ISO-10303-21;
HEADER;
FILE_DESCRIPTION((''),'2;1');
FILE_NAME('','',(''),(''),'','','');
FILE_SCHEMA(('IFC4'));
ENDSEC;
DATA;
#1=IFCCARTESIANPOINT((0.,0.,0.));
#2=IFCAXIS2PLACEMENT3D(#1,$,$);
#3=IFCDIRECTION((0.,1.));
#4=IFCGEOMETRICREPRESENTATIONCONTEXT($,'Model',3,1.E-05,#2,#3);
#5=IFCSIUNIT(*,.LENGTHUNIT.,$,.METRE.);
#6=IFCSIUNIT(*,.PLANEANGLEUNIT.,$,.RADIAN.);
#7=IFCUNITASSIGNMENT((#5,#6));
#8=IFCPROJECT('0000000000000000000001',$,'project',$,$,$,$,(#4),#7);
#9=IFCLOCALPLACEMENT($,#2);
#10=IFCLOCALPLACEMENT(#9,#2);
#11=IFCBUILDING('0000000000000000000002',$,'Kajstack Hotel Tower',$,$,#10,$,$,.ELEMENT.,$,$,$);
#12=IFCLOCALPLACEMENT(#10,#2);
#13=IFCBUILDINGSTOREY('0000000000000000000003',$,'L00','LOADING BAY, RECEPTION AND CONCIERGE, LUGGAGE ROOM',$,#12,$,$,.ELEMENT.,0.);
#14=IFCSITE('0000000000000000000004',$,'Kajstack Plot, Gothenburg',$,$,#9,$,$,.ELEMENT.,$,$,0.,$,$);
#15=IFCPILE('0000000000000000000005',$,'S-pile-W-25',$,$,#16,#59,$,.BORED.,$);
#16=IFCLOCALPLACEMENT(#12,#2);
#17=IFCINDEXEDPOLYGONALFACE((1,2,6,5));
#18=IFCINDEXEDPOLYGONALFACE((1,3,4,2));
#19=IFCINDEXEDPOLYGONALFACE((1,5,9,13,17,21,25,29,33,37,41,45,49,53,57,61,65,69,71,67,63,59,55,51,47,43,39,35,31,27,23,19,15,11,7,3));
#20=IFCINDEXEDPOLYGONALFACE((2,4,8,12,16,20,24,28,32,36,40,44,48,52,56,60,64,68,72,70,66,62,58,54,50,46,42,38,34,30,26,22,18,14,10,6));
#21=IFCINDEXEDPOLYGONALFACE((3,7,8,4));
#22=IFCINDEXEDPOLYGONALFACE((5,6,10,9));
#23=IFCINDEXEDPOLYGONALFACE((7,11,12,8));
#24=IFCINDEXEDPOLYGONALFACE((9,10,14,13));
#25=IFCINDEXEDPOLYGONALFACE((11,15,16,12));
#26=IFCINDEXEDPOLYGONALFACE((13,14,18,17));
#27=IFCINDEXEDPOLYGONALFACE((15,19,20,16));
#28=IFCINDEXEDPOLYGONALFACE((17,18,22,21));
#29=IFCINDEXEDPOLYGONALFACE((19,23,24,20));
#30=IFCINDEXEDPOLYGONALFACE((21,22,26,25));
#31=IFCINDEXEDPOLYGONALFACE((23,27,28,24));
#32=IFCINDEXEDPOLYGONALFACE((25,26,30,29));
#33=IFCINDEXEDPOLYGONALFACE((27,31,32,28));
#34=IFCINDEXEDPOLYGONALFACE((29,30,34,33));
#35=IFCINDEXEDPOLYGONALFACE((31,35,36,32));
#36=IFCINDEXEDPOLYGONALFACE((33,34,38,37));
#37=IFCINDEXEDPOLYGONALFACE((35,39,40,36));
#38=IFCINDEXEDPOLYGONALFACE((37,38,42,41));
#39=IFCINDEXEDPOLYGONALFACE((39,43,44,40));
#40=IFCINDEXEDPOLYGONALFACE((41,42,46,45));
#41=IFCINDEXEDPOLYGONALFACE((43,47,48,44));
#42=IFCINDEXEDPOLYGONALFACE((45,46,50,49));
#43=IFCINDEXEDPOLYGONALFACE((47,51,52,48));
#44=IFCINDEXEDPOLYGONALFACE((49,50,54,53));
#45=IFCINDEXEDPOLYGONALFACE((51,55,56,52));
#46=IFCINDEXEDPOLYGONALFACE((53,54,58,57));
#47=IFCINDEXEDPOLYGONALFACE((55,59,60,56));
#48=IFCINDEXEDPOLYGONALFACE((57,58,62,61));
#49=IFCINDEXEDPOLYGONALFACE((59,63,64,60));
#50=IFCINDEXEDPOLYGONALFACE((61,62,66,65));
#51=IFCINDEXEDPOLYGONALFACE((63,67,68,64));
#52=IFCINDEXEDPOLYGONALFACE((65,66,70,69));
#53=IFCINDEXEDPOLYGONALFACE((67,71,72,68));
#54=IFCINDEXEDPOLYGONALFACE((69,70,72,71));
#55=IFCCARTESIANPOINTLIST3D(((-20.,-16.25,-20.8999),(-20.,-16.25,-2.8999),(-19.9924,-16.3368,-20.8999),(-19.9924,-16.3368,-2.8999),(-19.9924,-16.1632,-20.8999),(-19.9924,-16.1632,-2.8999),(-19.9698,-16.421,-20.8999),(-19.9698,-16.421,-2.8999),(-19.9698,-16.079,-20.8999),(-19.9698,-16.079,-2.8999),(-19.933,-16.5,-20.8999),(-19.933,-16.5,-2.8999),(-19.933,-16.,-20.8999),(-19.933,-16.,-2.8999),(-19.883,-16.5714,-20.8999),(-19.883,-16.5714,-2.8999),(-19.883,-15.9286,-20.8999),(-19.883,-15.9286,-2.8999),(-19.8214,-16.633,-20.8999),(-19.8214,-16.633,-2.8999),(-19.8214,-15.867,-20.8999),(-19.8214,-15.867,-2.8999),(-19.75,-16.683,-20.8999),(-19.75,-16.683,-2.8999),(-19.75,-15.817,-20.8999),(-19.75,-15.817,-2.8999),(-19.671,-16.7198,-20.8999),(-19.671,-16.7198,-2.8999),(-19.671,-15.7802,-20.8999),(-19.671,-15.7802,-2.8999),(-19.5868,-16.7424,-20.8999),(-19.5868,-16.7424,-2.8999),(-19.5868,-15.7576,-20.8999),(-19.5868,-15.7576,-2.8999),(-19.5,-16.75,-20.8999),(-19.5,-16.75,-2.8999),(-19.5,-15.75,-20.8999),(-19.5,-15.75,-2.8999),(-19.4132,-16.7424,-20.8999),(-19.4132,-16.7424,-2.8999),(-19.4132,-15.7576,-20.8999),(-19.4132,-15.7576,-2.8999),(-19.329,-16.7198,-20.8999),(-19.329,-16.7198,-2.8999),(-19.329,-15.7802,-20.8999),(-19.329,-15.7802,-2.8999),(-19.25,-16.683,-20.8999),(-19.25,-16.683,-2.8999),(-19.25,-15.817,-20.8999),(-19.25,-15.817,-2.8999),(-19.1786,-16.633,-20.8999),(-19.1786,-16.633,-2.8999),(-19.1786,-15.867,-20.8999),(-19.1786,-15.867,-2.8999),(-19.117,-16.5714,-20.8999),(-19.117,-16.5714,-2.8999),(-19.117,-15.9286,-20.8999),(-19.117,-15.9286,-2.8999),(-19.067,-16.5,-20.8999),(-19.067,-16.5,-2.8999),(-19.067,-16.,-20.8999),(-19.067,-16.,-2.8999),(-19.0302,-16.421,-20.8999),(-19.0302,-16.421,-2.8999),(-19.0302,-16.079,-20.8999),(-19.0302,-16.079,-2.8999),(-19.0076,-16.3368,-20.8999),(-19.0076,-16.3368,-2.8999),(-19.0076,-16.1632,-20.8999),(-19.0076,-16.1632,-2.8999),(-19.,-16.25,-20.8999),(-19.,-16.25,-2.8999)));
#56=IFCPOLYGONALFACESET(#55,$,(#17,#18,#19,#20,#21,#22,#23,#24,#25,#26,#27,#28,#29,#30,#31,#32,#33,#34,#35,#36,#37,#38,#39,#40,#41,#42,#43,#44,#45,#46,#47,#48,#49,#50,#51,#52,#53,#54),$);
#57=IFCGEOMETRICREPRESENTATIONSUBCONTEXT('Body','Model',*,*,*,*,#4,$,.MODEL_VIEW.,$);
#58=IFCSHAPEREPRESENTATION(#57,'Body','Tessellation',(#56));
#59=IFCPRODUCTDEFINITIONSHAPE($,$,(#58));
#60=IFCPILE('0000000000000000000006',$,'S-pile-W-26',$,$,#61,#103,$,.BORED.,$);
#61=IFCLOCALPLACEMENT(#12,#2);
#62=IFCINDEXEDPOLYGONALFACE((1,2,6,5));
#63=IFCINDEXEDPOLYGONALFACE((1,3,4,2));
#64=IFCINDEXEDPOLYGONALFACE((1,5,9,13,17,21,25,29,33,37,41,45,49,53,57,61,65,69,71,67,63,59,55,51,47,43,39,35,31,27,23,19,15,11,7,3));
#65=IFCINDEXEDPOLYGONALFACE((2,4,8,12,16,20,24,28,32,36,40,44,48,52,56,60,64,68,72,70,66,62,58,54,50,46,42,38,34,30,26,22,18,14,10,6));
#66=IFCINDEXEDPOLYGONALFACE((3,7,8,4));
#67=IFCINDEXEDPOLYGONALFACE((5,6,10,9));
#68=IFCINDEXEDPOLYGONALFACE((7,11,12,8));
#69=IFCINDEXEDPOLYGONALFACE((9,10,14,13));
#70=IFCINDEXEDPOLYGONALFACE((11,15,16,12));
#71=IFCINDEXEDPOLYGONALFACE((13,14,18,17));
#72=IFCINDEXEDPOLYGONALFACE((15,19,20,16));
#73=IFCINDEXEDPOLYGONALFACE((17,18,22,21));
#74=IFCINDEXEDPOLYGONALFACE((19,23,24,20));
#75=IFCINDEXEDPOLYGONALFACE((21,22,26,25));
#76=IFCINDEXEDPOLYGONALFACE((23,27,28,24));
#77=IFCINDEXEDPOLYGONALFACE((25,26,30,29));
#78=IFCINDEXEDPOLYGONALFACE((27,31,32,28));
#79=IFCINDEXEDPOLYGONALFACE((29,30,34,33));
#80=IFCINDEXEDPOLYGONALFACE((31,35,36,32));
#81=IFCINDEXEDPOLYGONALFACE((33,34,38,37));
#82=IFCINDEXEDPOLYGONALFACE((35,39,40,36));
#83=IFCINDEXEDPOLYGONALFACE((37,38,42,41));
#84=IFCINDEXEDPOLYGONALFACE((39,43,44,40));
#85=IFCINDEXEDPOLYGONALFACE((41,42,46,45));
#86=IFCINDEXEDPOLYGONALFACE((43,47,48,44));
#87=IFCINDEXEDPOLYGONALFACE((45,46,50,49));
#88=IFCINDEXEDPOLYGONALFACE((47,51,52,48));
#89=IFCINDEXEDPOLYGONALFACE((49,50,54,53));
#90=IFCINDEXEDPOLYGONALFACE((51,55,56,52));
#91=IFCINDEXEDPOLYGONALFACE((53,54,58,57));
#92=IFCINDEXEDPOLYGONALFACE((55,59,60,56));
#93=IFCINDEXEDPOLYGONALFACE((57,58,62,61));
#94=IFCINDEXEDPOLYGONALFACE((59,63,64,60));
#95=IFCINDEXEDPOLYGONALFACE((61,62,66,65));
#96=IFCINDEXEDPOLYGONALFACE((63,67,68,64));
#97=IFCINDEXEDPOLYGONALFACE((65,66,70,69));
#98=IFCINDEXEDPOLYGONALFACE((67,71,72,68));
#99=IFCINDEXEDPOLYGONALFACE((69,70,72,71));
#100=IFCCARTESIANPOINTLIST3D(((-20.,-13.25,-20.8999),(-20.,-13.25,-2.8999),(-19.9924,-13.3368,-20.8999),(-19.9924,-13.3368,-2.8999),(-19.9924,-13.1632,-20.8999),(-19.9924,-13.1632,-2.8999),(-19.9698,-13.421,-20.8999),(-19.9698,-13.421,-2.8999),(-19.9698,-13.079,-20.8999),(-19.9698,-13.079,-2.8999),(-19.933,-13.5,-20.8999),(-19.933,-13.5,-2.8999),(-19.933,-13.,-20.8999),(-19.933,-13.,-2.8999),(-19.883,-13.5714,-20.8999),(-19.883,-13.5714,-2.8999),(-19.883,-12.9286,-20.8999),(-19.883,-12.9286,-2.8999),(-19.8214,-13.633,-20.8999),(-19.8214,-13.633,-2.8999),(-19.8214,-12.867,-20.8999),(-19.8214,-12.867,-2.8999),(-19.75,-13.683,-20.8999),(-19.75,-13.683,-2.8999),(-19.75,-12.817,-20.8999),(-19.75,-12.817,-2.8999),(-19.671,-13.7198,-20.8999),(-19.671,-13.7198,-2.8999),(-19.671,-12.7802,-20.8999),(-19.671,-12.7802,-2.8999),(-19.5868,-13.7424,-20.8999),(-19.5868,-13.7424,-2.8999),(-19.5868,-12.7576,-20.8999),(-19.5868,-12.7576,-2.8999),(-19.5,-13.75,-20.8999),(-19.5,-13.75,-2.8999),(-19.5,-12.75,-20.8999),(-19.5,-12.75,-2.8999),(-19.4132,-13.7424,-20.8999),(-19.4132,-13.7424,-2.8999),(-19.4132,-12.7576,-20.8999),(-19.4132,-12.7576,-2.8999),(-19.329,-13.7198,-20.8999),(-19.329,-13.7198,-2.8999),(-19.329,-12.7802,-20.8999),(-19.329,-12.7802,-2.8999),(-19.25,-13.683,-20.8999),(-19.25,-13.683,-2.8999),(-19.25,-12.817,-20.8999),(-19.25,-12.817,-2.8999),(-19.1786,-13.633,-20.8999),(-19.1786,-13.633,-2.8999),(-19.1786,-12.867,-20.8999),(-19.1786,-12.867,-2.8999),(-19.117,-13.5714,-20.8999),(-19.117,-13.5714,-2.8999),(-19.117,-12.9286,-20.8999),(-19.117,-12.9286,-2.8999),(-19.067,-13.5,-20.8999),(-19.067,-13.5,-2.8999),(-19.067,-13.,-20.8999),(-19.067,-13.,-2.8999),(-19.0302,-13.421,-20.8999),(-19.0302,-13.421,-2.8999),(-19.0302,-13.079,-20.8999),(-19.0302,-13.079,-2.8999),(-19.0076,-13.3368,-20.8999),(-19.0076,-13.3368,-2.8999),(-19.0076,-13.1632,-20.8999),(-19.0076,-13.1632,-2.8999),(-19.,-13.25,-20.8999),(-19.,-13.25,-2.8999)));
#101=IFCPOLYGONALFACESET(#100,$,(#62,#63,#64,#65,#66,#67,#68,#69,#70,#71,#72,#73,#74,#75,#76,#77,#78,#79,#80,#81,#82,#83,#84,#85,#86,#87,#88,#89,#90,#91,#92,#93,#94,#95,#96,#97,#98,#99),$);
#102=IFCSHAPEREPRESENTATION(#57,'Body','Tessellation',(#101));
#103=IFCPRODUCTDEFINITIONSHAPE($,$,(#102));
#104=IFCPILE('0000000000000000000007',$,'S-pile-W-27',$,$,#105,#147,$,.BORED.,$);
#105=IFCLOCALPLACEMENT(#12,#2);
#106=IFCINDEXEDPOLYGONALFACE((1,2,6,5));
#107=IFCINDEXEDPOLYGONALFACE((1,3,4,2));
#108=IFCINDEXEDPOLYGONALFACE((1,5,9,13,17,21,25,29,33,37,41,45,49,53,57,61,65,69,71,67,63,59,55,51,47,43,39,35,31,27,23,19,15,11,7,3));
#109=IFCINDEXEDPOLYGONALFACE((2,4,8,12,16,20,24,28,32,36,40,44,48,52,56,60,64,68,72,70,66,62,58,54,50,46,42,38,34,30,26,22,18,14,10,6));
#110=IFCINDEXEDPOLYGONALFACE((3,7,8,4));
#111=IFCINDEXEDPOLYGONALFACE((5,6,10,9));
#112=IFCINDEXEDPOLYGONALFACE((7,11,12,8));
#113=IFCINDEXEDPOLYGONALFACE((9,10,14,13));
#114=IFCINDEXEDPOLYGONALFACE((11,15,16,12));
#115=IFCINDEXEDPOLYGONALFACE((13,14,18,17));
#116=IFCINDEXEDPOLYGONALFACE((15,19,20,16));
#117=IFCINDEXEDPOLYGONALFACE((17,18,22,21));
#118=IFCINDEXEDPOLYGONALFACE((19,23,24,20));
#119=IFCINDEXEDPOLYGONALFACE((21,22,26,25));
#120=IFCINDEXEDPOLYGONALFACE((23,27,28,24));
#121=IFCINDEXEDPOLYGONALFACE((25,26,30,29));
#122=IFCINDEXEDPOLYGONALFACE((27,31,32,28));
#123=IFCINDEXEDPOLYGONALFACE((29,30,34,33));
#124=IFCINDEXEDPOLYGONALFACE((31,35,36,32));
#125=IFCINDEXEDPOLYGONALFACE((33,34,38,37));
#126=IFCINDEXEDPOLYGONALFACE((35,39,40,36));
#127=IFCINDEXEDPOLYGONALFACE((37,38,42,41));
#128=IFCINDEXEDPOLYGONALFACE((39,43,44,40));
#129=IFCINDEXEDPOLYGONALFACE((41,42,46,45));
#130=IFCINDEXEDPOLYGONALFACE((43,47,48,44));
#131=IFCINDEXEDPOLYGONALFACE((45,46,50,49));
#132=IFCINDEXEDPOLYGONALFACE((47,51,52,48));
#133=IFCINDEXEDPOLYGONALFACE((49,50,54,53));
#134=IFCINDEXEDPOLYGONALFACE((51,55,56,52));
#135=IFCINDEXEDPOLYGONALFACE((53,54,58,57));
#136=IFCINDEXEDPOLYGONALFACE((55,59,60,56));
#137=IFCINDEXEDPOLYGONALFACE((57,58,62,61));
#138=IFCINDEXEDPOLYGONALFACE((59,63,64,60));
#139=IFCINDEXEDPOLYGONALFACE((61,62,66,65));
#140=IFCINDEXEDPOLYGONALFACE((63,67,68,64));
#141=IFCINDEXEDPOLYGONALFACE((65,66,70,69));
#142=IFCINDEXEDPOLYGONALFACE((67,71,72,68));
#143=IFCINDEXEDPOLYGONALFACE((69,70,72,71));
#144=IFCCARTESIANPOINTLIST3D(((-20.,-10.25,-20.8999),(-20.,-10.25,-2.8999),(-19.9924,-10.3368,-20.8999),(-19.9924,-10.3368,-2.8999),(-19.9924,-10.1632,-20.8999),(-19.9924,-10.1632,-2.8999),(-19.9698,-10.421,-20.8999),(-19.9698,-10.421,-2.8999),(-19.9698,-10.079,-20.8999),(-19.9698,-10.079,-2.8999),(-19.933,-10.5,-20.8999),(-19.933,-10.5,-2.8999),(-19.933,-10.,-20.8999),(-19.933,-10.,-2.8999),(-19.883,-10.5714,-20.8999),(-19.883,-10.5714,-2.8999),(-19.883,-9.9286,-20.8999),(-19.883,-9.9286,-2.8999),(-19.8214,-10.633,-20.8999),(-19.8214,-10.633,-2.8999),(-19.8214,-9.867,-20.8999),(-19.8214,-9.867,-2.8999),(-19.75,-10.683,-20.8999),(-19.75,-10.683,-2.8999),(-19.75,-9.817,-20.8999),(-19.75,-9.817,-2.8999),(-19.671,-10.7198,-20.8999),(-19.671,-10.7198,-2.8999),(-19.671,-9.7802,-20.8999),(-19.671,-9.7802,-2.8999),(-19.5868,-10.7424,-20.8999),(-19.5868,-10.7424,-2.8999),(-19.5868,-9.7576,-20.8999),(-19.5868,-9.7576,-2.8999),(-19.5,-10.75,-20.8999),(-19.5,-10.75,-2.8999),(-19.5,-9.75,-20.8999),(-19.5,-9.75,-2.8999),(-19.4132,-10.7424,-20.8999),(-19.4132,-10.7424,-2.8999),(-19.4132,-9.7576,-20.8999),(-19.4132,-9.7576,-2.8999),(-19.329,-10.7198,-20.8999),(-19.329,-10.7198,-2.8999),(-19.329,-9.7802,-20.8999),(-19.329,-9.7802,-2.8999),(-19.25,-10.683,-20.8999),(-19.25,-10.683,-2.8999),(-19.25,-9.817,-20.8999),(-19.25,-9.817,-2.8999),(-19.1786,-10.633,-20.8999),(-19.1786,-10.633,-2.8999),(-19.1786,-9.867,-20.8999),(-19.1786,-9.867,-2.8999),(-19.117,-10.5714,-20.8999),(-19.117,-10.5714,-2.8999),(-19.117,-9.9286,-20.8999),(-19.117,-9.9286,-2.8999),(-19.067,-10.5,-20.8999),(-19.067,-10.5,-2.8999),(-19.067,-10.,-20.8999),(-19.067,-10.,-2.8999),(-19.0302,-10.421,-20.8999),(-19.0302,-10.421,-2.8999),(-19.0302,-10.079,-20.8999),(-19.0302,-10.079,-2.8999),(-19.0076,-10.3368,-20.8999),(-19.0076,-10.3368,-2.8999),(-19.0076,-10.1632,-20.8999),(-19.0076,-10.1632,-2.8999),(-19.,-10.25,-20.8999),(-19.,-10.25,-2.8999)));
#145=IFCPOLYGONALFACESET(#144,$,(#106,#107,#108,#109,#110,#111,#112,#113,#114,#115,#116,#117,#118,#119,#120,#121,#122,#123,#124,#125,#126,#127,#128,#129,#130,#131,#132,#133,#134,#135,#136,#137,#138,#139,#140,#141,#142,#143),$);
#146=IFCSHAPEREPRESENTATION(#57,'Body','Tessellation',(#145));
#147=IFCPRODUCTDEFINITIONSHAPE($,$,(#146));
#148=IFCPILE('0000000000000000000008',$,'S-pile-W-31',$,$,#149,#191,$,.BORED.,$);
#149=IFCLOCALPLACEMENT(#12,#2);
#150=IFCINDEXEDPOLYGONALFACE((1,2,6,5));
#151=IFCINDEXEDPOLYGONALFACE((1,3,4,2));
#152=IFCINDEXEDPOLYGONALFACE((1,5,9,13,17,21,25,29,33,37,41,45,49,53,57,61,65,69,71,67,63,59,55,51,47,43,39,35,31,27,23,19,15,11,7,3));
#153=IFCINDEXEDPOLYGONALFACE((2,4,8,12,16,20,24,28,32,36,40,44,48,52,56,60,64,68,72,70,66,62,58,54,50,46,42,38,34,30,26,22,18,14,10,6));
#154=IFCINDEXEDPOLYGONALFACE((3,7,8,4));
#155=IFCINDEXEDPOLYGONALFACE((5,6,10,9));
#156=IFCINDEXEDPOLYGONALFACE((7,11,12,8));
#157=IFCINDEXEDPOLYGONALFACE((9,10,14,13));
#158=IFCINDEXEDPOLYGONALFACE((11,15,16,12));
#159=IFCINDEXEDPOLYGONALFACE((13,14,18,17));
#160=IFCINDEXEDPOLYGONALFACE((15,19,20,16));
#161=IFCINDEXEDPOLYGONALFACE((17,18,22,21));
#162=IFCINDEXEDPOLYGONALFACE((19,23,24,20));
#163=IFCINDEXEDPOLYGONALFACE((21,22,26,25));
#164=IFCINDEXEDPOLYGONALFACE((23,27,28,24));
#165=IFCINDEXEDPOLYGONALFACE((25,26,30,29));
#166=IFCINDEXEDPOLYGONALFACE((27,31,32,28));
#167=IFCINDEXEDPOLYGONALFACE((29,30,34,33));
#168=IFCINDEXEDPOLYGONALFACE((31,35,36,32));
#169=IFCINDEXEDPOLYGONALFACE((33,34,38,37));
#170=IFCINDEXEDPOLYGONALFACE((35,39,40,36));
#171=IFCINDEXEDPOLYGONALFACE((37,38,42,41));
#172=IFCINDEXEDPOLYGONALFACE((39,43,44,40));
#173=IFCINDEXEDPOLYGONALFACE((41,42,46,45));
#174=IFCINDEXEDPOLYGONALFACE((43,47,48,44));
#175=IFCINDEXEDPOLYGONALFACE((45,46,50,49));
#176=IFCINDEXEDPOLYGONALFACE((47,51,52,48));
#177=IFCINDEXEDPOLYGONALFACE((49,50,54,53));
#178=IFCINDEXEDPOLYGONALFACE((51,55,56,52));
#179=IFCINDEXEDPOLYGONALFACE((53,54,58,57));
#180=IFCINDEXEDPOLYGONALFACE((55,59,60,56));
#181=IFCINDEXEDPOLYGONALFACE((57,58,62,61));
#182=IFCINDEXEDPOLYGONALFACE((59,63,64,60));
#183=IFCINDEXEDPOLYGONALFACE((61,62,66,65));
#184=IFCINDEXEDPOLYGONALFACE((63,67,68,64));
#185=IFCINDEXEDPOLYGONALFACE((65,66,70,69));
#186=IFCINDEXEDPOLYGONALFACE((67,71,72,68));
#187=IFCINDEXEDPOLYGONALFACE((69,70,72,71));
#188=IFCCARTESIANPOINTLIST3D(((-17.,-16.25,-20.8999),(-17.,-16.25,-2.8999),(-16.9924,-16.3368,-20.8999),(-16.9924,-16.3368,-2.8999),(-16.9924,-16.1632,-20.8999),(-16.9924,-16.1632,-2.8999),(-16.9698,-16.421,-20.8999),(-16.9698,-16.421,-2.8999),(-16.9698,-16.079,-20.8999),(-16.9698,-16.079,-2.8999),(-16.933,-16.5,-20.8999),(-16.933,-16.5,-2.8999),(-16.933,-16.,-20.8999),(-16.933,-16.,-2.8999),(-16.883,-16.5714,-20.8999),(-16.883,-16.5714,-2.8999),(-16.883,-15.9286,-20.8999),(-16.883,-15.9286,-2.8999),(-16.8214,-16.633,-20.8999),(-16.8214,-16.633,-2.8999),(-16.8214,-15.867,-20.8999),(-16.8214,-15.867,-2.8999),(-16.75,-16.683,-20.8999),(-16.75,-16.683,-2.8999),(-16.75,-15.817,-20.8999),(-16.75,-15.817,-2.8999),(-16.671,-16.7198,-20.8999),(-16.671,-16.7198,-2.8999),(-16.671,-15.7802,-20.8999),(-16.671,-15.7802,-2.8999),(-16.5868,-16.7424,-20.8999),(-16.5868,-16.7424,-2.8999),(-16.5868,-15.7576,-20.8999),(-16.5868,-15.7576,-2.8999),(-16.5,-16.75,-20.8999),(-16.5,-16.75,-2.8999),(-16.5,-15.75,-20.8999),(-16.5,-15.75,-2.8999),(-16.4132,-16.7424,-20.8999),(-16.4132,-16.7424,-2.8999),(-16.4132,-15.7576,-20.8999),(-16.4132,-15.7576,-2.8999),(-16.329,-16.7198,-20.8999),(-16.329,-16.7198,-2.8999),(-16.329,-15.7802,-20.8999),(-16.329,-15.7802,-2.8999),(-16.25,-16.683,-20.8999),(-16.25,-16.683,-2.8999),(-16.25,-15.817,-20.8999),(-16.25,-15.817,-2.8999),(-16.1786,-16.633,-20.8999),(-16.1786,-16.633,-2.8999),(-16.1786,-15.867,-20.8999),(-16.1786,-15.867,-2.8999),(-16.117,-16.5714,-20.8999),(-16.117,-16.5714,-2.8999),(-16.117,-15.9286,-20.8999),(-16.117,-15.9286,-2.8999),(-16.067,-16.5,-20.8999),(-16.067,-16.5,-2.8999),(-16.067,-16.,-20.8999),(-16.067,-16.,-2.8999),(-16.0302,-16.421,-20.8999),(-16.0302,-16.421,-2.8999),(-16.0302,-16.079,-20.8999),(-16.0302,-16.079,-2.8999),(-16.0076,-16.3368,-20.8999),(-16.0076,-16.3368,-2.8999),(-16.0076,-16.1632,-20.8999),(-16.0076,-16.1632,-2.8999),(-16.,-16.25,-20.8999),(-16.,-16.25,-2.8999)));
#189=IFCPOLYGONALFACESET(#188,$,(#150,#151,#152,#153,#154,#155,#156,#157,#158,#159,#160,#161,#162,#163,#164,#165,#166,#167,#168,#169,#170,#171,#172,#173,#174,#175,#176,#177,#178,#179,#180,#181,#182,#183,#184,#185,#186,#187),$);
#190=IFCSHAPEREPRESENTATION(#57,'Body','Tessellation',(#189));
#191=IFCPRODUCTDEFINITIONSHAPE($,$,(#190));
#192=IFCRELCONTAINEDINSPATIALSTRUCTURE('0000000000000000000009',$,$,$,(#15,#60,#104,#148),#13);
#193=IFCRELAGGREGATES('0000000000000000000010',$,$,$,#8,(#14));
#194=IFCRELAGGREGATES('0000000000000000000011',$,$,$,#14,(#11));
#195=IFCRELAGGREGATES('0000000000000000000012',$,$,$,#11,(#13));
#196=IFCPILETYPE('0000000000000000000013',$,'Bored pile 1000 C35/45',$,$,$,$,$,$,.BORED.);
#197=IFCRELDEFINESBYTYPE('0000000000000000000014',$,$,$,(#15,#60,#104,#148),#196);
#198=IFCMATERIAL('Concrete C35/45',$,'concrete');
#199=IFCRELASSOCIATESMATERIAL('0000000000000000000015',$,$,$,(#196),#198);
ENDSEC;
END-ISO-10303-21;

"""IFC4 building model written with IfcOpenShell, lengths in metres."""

from ifc_helpers import new_model, si_unit, direction, frame, origin, origin_2d, place, context, subcontext, project, spatial, circle, extrude, material, material_profile, profile_set, type_object, element, save


model = new_model("IFC4")

# Units and contexts
model_context = context("Model", 3, precision=1e-05, world=origin(), true_north=direction((0.0, 1.0)))
body_context = subcontext(model_context, "Body", "Model", "MODEL_VIEW")
ifc_project = project(units=[si_unit("LENGTHUNIT", "METRE"), si_unit("PLANEANGLEUNIT", "RADIAN")], contexts=[model_context])

# Site, building, storey
site_placement = place(None, origin())
site = spatial("IfcSite", under=ifc_project, at=site_placement, Name="Kajstack Plot, Gothenburg", CompositionType="ELEMENT", RefElevation=0.0)
building_placement = place(site_placement, origin())
building = spatial("IfcBuilding", under=site, at=building_placement, Name="Kajstack Hotel Tower", CompositionType="ELEMENT")
storey_placement = place(building_placement, origin())
storey = spatial("IfcBuildingStorey", under=building, at=storey_placement, Name="L00", Description="LOADING BAY, RECEPTION AND CONCIERGE, LUGGAGE ROOM", CompositionType="ELEMENT", Elevation=0.0)

# Piles
ifc_material_1 = material(Name="Concrete C35/45", Category="concrete")
ifc_material_profile = material_profile(ifc_material_1, circle(Radius=0.5, at=origin_2d()), Name="RC round 1000")
ifc_profile_set = profile_set([ifc_material_profile], Name="Concrete C35/45")
pile_type = type_object("IfcPileType", Name="Bored pile 1000 C35/45", PredefinedType="BORED", material=ifc_profile_set)
for number, where, z_axis, x_axis, name in (
    (1, (-19.5, -16.25, -2.8999), (0.0, 0.0, -1.0), (1.0, 0.0, 0.0), "S-pile-W-25"),
    (2, (-19.5, -13.25, -2.8999), (0.0, 0.0, -1.0), (1.0, 0.0, 0.0), "S-pile-W-26"),
    (3, (-19.5, -10.25, -2.8999), (0.0, 0.0, -1.0), (1.0, 0.0, 0.0), "S-pile-W-27"),
    (4, (-16.5, -16.25, -2.8999), (0.0, 0.0, -1.0), (1.0, 0.0, 0.0), "S-pile-W-31"),
):
    element("IfcPile", number, at=place(storey_placement, frame(where, z_axis=z_axis, x_axis=x_axis)), inside=storey, type_object=pile_type, Name=name, PredefinedType="BORED", context=body_context, shape_type="SweptSolid", body=[
        extrude(circle(Radius=0.5, at=origin_2d()), origin(), (0.0, 0.0, 1.0), 18.0),
    ])

save(model, "model.ifc")
